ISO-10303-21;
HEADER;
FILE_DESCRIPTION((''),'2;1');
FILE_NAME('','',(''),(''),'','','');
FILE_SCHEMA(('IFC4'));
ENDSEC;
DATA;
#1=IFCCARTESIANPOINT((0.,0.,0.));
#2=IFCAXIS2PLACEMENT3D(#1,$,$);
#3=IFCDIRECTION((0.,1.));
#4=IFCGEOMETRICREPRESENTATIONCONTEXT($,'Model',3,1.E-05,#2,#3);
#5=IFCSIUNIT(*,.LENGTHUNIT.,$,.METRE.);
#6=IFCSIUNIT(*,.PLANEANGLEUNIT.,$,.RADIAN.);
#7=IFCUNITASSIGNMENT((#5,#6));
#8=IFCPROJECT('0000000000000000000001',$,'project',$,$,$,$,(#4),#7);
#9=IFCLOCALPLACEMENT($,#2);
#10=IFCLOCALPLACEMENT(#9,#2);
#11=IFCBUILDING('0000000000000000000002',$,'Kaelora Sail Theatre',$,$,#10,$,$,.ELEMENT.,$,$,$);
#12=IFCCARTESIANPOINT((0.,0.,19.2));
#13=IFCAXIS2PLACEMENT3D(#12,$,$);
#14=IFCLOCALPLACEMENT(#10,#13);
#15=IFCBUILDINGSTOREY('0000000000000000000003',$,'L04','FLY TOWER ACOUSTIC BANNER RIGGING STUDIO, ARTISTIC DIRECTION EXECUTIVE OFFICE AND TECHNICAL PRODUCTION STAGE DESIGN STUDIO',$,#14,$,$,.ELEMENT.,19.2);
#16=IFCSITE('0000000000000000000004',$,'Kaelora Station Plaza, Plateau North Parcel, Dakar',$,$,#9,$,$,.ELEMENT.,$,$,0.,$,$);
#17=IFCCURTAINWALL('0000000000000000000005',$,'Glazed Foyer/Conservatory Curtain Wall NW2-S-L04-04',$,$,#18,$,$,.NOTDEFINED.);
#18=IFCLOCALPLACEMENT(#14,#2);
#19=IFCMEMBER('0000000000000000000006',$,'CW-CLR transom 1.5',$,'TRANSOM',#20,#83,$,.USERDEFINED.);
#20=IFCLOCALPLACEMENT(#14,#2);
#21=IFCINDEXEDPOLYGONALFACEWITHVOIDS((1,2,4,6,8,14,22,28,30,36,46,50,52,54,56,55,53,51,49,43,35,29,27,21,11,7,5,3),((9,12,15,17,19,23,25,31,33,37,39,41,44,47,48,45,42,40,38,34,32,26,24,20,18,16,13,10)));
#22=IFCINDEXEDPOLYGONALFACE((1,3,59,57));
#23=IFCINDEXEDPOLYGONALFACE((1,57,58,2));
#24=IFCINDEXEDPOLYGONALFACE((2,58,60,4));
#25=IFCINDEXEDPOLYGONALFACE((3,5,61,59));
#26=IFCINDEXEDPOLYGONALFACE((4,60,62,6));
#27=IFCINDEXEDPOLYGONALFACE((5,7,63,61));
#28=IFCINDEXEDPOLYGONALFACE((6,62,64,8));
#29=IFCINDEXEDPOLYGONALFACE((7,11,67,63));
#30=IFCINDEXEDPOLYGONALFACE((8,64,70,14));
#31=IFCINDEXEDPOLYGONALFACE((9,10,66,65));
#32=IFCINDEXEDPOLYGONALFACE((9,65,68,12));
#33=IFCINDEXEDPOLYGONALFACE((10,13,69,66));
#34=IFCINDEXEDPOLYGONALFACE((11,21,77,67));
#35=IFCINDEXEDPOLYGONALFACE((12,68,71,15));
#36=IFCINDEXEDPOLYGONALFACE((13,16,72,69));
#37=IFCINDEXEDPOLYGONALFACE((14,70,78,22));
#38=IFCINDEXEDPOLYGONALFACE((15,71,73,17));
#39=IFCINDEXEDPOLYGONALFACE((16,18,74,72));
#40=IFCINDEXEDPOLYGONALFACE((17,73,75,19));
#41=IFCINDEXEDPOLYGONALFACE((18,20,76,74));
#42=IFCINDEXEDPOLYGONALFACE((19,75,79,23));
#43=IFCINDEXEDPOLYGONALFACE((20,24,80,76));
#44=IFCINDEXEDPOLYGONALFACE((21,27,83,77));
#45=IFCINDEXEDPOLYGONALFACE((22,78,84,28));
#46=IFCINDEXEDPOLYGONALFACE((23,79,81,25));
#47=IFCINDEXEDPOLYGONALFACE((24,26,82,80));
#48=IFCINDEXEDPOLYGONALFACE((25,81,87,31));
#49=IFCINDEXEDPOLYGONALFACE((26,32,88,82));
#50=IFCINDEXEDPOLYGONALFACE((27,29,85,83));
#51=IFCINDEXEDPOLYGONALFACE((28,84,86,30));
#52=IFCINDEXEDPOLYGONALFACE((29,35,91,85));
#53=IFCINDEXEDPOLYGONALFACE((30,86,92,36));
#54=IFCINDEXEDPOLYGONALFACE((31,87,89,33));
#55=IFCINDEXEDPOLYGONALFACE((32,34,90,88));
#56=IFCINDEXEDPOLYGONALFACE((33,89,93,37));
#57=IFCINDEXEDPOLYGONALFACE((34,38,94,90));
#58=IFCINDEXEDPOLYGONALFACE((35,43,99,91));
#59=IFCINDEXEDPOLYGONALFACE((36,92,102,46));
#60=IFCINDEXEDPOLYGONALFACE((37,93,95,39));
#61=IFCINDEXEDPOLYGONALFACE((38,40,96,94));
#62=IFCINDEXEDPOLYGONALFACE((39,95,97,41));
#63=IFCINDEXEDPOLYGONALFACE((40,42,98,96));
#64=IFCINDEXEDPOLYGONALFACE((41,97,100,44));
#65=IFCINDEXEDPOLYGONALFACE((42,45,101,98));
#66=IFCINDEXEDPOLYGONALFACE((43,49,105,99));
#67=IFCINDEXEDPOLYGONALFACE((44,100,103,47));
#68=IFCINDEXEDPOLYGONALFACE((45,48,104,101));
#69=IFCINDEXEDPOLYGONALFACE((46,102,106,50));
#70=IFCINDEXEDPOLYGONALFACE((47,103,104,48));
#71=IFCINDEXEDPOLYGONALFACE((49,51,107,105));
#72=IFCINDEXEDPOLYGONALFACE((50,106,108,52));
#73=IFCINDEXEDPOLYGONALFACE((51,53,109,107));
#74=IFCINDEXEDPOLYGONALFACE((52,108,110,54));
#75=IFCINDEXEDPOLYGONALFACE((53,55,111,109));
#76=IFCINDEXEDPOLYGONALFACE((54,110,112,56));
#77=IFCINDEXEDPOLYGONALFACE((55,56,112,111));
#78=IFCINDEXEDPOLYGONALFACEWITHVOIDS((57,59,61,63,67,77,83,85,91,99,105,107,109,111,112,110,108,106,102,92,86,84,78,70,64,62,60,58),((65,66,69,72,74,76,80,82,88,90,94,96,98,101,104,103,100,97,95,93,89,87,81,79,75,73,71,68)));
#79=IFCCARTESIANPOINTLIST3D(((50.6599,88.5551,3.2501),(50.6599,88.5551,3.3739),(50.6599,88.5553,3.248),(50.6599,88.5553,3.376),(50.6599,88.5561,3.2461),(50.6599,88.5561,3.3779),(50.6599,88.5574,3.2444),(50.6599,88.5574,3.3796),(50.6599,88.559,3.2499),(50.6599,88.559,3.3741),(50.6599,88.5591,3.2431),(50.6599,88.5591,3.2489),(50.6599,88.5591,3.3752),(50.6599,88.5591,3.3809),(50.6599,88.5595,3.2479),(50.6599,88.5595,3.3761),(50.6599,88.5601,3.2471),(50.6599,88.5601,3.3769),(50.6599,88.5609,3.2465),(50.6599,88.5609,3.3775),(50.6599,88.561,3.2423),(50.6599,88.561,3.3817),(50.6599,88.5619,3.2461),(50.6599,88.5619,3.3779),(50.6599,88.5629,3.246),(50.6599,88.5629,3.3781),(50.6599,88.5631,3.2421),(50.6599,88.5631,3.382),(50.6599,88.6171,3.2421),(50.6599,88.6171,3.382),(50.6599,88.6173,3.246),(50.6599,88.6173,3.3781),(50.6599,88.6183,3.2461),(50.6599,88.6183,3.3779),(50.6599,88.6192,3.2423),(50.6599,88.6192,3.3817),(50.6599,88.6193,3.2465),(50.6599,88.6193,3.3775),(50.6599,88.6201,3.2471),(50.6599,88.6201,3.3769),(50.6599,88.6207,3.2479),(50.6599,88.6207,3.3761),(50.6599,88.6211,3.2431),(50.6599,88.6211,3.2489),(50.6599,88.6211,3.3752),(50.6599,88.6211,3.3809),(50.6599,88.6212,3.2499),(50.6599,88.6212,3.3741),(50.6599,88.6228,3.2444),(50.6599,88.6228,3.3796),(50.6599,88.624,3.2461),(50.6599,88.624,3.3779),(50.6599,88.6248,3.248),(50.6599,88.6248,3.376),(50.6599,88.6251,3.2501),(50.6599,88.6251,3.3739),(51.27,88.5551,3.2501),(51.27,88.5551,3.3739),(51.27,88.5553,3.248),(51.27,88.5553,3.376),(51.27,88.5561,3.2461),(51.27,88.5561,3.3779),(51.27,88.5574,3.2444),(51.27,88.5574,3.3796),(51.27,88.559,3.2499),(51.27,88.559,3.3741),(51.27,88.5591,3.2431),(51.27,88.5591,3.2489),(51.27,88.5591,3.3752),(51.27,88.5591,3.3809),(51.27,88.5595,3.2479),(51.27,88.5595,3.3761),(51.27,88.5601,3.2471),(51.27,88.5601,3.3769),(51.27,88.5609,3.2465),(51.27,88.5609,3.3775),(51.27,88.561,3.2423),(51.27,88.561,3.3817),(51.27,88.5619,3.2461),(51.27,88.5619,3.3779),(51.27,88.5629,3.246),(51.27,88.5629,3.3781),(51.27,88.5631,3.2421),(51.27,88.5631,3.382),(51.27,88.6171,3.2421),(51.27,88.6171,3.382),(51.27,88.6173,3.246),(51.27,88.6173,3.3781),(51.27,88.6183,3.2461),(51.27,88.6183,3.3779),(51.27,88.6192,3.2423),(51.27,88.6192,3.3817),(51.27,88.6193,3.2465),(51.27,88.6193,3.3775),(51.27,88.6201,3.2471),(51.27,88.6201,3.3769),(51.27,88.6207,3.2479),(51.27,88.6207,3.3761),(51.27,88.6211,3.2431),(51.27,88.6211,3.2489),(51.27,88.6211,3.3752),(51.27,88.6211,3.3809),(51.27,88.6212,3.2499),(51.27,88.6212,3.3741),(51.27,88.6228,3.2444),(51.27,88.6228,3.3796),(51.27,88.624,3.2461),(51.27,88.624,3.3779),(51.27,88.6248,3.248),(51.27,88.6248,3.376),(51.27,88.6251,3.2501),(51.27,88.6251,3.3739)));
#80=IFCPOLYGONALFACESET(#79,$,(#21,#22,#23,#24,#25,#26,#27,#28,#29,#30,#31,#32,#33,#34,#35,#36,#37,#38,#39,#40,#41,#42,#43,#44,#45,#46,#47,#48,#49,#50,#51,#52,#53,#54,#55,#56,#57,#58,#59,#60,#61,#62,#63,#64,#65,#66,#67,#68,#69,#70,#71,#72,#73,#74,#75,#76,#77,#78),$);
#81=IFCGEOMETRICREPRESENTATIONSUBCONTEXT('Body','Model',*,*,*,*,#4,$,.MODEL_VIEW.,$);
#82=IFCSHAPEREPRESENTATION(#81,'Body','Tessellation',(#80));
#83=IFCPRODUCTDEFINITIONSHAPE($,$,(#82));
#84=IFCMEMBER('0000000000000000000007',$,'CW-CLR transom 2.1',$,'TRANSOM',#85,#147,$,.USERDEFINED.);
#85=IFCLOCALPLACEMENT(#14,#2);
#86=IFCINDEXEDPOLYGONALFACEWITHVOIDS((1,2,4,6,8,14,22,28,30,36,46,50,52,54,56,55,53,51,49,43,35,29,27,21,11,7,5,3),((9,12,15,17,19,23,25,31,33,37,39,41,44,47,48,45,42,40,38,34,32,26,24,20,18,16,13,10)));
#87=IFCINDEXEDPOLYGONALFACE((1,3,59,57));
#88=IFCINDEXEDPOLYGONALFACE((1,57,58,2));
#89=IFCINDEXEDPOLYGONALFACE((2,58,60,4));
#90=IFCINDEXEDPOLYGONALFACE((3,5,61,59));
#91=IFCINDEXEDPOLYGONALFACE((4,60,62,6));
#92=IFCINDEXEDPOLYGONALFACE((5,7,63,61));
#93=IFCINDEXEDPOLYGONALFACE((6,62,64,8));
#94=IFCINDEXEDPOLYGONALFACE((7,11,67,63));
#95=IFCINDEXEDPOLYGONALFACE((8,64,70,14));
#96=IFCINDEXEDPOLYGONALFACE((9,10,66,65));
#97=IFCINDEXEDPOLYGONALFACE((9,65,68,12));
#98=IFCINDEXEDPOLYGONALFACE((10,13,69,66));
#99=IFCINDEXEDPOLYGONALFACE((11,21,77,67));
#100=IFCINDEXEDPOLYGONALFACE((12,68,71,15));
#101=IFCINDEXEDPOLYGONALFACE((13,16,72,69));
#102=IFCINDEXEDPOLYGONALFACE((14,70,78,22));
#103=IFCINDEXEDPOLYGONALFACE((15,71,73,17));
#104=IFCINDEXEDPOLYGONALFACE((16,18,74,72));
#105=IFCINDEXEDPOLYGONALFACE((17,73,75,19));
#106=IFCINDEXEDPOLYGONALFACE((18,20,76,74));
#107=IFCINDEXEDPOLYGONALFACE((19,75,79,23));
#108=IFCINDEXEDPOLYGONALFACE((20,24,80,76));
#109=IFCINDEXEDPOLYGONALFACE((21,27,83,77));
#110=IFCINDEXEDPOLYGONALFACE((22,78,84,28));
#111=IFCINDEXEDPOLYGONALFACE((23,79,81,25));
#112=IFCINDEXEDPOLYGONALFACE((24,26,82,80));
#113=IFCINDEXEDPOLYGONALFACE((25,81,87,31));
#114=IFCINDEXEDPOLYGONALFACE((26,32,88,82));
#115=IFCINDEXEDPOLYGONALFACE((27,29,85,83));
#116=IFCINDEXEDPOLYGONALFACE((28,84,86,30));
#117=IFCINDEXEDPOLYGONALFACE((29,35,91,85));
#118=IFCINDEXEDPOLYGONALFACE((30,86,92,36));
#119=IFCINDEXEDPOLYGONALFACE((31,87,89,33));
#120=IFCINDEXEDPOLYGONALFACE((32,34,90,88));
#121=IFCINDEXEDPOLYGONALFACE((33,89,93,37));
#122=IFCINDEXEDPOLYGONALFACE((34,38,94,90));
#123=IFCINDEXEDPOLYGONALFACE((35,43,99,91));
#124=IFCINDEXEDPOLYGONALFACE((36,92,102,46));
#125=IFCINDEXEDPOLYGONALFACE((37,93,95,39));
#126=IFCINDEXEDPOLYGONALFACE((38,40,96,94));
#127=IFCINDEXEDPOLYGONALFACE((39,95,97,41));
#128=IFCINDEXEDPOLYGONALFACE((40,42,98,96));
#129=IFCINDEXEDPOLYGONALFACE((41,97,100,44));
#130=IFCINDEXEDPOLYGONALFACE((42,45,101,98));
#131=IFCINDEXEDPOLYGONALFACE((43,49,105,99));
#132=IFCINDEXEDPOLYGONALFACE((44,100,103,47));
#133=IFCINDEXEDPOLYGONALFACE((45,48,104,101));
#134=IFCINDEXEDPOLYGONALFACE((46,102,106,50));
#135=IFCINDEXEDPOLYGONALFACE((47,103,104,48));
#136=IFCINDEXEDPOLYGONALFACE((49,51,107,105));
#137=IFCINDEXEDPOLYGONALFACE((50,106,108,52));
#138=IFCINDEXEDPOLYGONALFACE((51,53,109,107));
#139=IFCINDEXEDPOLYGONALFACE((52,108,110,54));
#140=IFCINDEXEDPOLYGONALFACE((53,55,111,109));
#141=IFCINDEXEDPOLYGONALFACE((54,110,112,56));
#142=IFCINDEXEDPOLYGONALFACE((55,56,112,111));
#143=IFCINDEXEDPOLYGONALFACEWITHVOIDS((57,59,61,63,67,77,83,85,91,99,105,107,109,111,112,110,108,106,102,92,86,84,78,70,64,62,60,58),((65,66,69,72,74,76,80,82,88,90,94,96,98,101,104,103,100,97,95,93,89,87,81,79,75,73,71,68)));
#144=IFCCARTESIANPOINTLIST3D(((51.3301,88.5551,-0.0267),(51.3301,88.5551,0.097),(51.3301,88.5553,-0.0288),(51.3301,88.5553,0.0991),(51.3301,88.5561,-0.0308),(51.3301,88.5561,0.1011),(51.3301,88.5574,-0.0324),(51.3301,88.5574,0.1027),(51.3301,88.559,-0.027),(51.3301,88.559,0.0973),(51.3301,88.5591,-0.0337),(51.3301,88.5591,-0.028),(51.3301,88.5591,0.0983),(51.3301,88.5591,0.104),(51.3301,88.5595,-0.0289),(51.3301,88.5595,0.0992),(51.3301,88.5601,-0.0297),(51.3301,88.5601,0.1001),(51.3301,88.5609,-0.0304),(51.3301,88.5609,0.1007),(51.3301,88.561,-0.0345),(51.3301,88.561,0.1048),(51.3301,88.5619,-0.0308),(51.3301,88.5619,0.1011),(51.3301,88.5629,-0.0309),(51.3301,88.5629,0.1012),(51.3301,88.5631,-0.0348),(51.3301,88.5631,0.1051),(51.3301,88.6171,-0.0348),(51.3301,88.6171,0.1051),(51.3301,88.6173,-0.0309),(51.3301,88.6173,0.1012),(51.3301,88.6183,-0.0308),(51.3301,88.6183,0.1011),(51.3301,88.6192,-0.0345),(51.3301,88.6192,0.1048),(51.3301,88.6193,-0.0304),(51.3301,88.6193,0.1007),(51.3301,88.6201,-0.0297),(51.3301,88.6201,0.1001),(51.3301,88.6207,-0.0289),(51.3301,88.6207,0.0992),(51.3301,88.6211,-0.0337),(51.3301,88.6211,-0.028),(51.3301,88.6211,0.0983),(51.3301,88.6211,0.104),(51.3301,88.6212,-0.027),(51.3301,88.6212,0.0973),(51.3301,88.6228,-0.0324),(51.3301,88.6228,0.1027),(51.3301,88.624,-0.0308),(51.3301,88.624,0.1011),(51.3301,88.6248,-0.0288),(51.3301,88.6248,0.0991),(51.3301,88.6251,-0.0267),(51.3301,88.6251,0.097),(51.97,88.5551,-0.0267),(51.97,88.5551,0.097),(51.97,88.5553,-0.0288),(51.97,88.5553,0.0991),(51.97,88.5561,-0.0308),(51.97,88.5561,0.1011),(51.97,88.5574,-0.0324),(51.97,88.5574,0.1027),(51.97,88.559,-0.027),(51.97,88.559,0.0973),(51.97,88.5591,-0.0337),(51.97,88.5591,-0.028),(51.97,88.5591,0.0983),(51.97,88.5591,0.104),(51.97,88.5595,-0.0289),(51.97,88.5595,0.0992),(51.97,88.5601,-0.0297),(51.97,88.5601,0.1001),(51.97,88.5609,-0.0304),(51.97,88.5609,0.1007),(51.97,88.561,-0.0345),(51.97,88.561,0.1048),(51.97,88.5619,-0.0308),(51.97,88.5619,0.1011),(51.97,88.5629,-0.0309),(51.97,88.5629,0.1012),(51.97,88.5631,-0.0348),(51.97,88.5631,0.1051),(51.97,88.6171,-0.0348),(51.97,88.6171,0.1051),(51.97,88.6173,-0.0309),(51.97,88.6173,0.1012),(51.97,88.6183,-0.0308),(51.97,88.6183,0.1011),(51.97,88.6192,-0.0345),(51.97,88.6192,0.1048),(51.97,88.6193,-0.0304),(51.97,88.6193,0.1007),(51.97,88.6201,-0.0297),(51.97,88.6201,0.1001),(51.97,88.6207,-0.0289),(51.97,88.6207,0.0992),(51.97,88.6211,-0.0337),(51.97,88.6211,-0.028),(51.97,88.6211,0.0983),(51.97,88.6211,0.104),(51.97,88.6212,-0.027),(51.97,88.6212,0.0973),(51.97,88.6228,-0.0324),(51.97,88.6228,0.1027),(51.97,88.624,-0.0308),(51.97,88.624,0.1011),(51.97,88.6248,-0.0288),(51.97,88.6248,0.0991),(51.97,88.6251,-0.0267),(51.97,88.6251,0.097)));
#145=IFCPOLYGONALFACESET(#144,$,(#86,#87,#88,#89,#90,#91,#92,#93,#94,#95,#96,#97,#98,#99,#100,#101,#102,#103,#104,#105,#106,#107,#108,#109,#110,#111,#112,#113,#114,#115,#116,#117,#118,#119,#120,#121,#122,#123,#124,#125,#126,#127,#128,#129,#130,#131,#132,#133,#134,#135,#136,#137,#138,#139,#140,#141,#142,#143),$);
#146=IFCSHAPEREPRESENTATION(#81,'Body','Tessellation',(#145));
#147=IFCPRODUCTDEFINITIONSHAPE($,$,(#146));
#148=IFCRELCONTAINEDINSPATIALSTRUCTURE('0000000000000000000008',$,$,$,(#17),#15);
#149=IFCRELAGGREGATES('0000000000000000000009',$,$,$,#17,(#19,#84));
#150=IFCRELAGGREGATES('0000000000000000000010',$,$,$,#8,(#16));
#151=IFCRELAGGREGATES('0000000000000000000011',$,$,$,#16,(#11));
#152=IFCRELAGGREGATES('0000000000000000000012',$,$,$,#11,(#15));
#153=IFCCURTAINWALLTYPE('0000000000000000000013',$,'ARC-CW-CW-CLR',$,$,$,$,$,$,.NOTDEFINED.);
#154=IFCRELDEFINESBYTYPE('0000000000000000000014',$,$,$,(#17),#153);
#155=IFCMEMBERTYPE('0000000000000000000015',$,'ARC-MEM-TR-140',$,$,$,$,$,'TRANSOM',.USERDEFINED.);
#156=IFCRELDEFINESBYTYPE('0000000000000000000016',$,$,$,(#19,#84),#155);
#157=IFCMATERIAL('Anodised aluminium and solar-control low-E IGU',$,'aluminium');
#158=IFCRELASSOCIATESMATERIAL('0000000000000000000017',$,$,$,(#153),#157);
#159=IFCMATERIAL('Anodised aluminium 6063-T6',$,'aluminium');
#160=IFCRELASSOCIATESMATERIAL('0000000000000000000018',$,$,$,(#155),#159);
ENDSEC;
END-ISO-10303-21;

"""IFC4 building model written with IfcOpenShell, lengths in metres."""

from ifc_helpers import new_model, si_unit, direction, frame, origin, origin_2d, place, context, subcontext, project, spatial, hollow_rectangle, extrude, material, material_profile, profile_set, type_object, element, aggregate, save


model = new_model("IFC4")

# Units and contexts
model_context = context("Model", 3, precision=1e-05, world=origin(), true_north=direction((0.0, 1.0)))
body_context = subcontext(model_context, "Body", "Model", "MODEL_VIEW")
ifc_project = project(units=[si_unit("LENGTHUNIT", "METRE"), si_unit("PLANEANGLEUNIT", "RADIAN")], contexts=[model_context])

# Site, building, storey
site_placement = place(None, origin())
site = spatial("IfcSite", under=ifc_project, at=site_placement, Name="Kaelora Station Plaza, Plateau North Parcel, Dakar", CompositionType="ELEMENT", RefElevation=0.0)
building_placement = place(site_placement, origin())
building = spatial("IfcBuilding", under=site, at=building_placement, Name="Kaelora Sail Theatre", CompositionType="ELEMENT")
storey_placement = place(building_placement, frame((0.0, 0.0, 19.2)))
storey = spatial("IfcBuildingStorey", under=building, at=storey_placement, Name="L04", Description="FLY TOWER ACOUSTIC BANNER RIGGING STUDIO, ARTISTIC DIRECTION EXECUTIVE OFFICE AND TECHNICAL PRODUCTION STAGE DESIGN STUDIO", CompositionType="ELEMENT", Elevation=19.2)

# Curtain wall, members
ifc_material_1 = material(Name="Anodised aluminium and solar-control low-E IGU", Category="aluminium")
curtain_wall_type = type_object("IfcCurtainWallType", Name="ARC-CW-CW-CLR", PredefinedType="NOTDEFINED", material=ifc_material_1)
curtain_wall_placement = place(storey_placement, origin())
curtain_wall = element("IfcCurtainWall", 1, at=curtain_wall_placement, inside=storey, type_object=curtain_wall_type, Name="Glazed Foyer/Conservatory Curtain Wall NW2-S-L04-04", PredefinedType="NOTDEFINED")
ifc_material_2 = material(Name="Anodised aluminium 6063-T6", Category="aluminium")
ifc_material_profile_1 = material_profile(ifc_material_2, hollow_rectangle(XDim=0.0701, YDim=0.1399, WallThickness=0.0039, InnerFilletRadius=0.0039, OuterFilletRadius=0.0081, at=origin_2d()), Name="ALU-TRAN 70x140x4")
ifc_profile_set_1 = profile_set([ifc_material_profile_1], Name="Anodised aluminium 6063-T6")
member_type_1 = type_object("IfcMemberType", Name="ARC-MEM-TR-140", ElementType="TRANSOM", PredefinedType="USERDEFINED", material=ifc_profile_set_1)
member_1_placement = place(storey_placement, frame((50.6599, 88.5901, 3.312), z_axis=(1.0, 0.0, 0.0), x_axis=(0.0, 1.0, 0.0)))
member_1 = element("IfcMember", 2, at=member_1_placement, type_object=member_type_1, Name="CW-CLR transom 1.5", ObjectType="TRANSOM", PredefinedType="USERDEFINED", context=body_context, shape_type="SweptSolid", body=[
    extrude(hollow_rectangle(XDim=0.0701, YDim=0.1399, WallThickness=0.0039, InnerFilletRadius=0.0039, OuterFilletRadius=0.0081, at=origin_2d()), origin(), (0.0, 0.0, 1.0), 0.6101),
])
member_2_placement = place(storey_placement, frame((51.3301, 88.5901, 0.0352), z_axis=(1.0, 0.0, 0.0), x_axis=(0.0, 1.0, 0.0)))
member_2 = element("IfcMember", 3, at=member_2_placement, type_object=member_type_1, Name="CW-CLR transom 2.1", ObjectType="TRANSOM", PredefinedType="USERDEFINED", context=body_context, shape_type="SweptSolid", body=[
    extrude(hollow_rectangle(XDim=0.0701, YDim=0.1399, WallThickness=0.0039, InnerFilletRadius=0.0039, OuterFilletRadius=0.0081, at=origin_2d()), origin(), (0.0, 0.0, 1.0), 0.6399),
])

aggregate(curtain_wall, [member_1, member_2])

save(model, "model.ifc")
